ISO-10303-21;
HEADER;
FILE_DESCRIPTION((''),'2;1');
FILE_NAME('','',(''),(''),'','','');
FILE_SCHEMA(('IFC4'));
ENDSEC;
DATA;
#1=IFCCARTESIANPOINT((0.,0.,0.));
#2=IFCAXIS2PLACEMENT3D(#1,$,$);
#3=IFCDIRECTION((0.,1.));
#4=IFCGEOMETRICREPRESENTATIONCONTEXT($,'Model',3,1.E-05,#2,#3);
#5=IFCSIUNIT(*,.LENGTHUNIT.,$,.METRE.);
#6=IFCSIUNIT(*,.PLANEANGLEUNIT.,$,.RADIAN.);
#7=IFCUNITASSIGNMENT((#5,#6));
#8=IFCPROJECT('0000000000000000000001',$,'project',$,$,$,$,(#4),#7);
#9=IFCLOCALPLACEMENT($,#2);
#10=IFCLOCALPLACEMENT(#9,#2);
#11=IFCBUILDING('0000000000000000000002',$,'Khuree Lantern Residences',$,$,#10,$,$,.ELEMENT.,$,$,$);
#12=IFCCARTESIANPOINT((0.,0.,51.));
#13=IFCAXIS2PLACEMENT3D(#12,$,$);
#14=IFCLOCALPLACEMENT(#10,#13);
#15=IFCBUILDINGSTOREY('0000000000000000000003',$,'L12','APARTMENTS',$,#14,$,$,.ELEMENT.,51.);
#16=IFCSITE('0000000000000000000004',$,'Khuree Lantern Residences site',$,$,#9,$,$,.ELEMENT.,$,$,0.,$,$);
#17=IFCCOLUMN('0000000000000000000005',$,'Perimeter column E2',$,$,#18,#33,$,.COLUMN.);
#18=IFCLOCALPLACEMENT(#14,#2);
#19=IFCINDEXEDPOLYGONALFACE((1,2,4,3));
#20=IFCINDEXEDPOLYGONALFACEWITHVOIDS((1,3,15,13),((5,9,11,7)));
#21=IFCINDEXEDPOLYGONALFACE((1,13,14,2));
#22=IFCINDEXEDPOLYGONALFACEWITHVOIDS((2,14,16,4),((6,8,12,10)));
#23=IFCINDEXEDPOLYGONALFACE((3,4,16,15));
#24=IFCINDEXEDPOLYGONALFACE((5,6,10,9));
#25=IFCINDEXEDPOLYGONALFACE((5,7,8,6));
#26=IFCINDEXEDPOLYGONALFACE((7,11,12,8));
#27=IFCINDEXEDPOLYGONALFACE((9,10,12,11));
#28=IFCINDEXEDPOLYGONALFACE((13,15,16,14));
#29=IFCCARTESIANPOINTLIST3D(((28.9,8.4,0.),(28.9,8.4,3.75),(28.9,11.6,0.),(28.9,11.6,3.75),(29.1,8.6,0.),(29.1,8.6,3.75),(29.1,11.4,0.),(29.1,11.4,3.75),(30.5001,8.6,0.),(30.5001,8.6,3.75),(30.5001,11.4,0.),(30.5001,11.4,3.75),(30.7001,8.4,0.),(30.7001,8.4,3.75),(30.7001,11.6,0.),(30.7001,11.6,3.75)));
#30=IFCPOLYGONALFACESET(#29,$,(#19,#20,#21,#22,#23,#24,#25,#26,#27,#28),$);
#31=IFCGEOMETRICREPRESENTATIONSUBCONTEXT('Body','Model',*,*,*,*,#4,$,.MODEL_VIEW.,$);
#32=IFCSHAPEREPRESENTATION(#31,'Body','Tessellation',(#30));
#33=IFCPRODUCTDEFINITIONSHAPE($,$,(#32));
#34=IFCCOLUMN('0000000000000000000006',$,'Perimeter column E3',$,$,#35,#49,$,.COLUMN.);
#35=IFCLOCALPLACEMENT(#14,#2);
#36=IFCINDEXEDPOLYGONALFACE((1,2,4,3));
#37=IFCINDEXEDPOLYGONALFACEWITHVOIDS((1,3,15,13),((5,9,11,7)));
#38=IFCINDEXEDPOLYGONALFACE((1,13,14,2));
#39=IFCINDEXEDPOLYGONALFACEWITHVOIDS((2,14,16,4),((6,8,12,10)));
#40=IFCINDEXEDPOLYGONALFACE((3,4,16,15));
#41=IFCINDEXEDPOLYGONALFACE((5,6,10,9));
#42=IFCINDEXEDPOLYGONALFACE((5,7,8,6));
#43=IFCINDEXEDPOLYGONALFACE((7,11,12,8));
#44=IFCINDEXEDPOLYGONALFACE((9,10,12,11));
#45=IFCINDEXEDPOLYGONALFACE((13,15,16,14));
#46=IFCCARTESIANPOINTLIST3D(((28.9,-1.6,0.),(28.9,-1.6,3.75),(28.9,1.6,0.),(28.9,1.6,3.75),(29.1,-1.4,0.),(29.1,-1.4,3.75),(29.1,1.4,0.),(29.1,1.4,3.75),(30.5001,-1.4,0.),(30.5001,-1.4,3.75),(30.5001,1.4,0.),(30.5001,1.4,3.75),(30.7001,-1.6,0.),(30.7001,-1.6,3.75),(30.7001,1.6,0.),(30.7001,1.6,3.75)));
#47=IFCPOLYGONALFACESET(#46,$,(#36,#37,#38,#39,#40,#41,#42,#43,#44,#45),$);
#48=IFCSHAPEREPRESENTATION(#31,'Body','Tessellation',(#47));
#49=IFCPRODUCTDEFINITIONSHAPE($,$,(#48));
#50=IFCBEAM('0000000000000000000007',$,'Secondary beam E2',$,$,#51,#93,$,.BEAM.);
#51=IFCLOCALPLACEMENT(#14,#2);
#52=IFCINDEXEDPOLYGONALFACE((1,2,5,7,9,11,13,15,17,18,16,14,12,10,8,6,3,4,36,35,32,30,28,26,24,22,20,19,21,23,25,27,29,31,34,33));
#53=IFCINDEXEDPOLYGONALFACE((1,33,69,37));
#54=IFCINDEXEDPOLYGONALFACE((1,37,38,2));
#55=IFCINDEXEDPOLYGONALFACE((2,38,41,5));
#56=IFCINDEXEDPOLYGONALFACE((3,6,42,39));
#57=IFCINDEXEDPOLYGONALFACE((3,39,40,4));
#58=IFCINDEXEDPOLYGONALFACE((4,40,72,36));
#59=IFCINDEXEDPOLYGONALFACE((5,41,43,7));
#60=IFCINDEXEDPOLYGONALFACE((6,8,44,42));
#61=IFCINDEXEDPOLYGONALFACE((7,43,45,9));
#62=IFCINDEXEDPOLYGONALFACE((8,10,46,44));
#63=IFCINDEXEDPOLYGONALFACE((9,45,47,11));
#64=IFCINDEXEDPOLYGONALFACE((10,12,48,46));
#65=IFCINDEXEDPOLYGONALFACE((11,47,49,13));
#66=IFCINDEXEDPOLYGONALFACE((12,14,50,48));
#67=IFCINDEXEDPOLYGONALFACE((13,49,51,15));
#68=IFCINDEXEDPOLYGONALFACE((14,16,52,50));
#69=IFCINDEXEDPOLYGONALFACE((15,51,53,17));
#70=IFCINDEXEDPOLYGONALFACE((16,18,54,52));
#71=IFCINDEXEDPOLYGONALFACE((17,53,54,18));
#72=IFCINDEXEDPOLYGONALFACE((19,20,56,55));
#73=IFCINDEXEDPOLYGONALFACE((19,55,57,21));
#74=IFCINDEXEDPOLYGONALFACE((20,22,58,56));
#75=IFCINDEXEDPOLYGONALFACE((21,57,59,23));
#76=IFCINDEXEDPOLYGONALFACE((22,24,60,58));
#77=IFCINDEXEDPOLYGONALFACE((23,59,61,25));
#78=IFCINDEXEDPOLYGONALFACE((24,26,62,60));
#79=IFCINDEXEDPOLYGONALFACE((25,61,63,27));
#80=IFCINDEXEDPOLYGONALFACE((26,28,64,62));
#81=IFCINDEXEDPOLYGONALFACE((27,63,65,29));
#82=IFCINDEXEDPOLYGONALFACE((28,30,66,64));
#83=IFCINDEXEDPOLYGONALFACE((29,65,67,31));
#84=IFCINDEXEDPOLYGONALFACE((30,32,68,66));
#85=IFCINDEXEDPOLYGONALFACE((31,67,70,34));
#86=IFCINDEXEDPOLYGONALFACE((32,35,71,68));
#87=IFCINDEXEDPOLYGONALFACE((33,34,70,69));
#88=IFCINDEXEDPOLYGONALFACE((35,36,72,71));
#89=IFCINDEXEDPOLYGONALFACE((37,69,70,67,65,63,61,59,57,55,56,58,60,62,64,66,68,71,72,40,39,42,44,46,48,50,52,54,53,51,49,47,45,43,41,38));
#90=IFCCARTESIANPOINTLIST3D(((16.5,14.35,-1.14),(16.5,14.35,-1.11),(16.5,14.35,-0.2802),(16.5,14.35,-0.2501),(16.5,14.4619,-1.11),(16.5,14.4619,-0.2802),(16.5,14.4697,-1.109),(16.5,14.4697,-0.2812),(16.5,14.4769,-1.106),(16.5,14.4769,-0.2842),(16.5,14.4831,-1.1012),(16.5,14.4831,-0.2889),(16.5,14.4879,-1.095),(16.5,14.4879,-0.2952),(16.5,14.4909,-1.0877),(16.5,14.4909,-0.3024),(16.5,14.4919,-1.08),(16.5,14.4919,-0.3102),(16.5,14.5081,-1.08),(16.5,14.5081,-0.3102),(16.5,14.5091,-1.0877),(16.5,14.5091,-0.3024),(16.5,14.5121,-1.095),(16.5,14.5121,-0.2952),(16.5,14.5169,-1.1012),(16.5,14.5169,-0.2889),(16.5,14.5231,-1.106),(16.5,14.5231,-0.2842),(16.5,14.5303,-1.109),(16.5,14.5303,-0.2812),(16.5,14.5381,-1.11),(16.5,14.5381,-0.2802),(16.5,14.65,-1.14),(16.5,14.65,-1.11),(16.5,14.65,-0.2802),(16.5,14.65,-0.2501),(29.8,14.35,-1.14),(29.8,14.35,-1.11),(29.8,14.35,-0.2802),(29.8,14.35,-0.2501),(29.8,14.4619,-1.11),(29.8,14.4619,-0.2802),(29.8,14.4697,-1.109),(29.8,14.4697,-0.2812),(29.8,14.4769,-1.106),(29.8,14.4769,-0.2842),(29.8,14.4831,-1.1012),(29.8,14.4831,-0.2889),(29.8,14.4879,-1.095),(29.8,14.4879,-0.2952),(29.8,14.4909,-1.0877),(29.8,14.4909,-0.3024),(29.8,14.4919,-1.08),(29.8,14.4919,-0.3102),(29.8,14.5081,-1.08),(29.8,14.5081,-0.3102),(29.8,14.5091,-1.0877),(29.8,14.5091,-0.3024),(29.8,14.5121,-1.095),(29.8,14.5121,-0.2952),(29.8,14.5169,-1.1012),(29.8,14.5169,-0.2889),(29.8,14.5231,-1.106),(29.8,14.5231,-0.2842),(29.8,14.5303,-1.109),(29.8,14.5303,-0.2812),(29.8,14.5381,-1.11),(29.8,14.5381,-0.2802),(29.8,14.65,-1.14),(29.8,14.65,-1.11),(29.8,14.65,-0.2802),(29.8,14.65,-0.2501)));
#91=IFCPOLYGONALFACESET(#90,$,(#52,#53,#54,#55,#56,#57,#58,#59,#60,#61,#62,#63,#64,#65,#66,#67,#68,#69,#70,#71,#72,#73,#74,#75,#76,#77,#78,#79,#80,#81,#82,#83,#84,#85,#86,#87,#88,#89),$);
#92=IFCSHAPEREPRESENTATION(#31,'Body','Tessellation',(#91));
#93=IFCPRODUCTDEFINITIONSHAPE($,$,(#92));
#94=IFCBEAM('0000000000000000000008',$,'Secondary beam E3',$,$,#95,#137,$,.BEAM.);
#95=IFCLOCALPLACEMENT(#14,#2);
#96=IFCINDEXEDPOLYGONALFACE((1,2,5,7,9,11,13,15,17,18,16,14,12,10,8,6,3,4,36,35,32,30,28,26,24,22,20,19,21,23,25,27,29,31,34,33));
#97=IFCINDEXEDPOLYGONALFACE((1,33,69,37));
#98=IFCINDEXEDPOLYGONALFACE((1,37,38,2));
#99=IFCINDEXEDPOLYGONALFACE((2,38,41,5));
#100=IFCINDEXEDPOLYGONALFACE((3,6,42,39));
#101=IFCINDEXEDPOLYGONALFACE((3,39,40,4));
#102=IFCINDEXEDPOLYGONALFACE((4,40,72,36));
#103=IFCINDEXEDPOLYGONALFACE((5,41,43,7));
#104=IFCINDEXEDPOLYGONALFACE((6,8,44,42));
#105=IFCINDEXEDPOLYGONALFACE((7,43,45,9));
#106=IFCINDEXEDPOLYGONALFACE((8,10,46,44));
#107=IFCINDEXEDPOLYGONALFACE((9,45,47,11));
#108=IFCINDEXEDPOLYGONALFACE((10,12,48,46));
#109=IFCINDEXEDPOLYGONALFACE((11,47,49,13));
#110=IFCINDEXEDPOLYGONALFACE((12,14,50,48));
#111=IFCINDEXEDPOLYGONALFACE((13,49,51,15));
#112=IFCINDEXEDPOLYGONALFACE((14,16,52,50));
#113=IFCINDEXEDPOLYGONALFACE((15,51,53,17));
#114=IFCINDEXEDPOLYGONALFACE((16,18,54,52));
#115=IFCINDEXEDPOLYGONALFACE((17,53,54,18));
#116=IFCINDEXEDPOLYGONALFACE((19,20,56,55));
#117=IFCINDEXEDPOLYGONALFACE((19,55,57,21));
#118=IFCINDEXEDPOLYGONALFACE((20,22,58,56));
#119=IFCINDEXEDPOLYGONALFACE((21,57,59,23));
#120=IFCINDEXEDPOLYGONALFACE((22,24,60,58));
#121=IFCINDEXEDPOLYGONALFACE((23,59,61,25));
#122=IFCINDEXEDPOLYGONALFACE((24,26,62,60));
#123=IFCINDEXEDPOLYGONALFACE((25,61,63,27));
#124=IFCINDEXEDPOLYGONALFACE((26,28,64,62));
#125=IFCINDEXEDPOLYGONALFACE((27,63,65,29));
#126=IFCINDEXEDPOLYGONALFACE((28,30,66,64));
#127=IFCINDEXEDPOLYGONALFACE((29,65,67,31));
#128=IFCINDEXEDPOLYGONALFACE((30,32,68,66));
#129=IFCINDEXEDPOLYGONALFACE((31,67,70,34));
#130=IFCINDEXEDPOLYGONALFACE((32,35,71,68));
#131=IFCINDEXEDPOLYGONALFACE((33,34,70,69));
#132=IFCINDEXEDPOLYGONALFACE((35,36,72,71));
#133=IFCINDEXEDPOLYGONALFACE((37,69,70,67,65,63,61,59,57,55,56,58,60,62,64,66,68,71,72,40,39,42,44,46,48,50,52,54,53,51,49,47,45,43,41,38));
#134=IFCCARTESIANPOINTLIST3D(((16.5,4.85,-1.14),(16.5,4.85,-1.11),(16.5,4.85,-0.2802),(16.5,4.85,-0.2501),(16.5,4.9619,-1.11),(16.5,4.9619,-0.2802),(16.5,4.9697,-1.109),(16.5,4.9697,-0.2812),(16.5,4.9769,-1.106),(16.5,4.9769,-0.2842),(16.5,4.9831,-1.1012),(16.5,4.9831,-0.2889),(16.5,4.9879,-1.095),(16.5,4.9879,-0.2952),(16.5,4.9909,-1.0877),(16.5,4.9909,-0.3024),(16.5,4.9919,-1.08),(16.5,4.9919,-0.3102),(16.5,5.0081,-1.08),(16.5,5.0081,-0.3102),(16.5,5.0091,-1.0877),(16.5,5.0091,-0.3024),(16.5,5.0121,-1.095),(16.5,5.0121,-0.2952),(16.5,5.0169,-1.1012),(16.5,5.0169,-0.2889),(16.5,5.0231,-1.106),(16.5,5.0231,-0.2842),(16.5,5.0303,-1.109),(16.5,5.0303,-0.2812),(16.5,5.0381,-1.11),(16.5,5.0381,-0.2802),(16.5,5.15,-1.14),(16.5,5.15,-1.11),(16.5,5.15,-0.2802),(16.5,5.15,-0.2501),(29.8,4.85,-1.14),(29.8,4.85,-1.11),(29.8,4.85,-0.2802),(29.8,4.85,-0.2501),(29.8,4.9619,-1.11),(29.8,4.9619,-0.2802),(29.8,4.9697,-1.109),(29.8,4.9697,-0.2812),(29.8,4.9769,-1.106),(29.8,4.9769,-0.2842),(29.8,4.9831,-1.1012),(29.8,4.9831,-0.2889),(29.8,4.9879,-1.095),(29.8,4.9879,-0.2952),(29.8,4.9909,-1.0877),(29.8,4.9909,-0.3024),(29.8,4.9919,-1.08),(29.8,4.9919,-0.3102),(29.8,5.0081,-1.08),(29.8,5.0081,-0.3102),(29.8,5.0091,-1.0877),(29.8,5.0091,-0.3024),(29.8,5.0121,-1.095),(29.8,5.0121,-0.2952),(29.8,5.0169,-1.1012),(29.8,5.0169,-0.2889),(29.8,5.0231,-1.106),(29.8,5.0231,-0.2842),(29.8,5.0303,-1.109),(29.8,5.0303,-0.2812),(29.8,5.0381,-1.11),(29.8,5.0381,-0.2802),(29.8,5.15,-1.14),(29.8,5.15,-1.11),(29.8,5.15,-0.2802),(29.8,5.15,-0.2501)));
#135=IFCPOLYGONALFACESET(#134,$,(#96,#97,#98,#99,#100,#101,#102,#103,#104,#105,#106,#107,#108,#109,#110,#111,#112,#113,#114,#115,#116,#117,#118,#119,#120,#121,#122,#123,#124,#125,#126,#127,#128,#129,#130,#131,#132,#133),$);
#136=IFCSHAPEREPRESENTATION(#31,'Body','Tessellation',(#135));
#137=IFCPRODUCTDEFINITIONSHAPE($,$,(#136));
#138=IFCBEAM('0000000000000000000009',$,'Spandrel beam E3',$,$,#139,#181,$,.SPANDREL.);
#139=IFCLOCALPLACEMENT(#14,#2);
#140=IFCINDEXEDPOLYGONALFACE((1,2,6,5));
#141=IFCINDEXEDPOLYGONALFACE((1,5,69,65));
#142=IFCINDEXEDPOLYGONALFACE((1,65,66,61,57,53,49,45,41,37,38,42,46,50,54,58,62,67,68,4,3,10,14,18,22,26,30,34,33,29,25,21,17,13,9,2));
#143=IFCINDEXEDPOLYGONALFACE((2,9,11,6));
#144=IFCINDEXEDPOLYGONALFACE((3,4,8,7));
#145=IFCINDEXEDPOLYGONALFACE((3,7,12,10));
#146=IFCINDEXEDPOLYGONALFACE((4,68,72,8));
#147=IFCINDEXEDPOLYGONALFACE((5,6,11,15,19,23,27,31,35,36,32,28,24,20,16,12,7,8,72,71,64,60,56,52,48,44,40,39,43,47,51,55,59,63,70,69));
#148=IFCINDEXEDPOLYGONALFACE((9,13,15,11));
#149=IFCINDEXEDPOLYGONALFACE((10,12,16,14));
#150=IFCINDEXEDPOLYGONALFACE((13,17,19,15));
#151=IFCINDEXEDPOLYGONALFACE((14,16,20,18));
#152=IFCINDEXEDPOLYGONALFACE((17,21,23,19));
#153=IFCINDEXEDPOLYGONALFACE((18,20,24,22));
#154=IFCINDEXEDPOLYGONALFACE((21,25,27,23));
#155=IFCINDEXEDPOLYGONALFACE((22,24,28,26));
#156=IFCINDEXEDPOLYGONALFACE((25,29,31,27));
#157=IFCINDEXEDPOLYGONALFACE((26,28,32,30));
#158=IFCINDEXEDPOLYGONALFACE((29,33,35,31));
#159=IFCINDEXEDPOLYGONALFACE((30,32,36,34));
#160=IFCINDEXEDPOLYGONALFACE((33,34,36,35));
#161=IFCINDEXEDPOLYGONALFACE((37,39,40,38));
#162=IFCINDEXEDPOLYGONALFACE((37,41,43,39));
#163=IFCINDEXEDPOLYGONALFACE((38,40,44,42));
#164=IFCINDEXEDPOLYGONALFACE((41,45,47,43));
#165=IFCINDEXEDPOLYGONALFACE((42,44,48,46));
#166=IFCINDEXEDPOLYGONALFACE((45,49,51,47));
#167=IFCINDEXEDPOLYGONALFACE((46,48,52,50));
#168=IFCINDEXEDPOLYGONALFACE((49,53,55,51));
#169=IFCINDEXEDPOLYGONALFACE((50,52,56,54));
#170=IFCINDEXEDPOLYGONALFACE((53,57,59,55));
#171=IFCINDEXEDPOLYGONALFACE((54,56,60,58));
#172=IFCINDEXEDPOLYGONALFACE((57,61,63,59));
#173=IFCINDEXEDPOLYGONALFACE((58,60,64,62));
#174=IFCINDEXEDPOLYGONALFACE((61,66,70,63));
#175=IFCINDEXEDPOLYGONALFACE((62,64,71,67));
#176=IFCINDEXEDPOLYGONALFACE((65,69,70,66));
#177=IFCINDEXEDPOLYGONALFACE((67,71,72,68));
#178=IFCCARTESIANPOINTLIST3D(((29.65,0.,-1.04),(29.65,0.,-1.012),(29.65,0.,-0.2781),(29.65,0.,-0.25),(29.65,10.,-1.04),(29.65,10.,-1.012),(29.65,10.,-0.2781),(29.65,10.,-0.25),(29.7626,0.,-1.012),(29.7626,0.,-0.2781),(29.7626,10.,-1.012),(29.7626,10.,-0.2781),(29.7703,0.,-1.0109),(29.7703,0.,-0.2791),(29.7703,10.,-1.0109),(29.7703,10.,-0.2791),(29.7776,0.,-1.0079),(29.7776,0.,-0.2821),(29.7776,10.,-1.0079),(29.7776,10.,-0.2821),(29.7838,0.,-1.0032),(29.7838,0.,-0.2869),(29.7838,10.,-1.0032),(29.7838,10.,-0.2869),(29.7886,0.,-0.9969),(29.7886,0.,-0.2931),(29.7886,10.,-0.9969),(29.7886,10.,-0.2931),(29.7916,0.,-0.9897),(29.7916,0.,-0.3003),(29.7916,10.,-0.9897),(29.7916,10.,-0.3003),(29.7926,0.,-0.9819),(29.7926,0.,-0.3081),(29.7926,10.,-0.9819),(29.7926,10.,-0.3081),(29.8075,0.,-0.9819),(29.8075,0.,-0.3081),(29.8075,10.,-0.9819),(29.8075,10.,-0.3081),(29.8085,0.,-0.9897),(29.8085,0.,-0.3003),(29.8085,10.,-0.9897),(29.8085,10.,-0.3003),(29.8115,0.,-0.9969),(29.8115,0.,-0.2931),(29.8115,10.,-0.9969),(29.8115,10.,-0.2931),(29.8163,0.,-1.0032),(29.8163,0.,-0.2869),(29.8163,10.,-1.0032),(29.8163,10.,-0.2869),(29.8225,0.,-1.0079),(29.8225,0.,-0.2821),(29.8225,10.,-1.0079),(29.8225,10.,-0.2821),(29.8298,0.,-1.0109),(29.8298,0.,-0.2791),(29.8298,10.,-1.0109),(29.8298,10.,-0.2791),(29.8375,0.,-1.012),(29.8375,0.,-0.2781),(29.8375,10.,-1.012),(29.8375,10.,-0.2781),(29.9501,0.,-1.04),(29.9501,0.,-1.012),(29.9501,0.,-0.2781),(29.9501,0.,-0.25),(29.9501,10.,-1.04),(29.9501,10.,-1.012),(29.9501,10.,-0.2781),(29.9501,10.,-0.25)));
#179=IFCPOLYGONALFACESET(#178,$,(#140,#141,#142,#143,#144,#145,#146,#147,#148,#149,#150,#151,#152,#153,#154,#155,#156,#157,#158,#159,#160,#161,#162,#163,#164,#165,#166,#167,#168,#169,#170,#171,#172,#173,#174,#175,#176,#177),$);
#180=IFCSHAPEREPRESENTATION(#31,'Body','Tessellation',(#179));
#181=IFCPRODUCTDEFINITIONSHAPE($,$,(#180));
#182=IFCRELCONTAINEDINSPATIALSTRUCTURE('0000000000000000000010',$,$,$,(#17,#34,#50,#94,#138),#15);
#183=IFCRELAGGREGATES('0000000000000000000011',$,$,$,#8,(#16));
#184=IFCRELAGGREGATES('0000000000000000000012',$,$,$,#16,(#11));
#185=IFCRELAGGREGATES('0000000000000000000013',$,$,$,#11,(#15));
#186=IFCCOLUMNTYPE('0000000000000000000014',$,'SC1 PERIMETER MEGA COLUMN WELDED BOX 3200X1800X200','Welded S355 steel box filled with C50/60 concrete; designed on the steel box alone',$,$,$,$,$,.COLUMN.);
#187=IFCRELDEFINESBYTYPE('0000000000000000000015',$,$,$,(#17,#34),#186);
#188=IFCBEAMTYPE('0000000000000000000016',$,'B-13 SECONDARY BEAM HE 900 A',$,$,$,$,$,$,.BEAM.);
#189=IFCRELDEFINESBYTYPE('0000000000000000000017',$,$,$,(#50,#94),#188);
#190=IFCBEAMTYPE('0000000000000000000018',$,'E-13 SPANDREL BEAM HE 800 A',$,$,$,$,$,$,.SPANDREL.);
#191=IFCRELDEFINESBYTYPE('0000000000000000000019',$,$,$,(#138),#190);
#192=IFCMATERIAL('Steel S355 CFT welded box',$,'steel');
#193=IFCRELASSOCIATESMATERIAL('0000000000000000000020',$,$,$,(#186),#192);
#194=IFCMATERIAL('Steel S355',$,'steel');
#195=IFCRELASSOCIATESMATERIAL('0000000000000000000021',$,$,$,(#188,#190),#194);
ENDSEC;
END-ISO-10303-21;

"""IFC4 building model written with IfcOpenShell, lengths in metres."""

from ifc_helpers import new_model, si_unit, direction, frame, origin, origin_2d, place, context, subcontext, project, spatial, hollow_rectangle, i_section, extrude, material, material_profile, profile_set, type_object, element, save


model = new_model("IFC4")

# Units and contexts
model_context = context("Model", 3, precision=1e-05, world=origin(), true_north=direction((0.0, 1.0)))
body_context = subcontext(model_context, "Body", "Model", "MODEL_VIEW")
ifc_project = project(units=[si_unit("LENGTHUNIT", "METRE"), si_unit("PLANEANGLEUNIT", "RADIAN")], contexts=[model_context])

# Site, building, storey
site_placement = place(None, origin())
site = spatial("IfcSite", under=ifc_project, at=site_placement, Name="Khuree Lantern Residences site", CompositionType="ELEMENT", RefElevation=0.0)
building_placement = place(site_placement, origin())
building = spatial("IfcBuilding", under=site, at=building_placement, Name="Khuree Lantern Residences", CompositionType="ELEMENT")
storey_placement = place(building_placement, frame((0.0, 0.0, 51.0)))
storey = spatial("IfcBuildingStorey", under=building, at=storey_placement, Name="L12", Description="APARTMENTS", CompositionType="ELEMENT", Elevation=51.0)

# Columns
ifc_material_1 = material(Name="Steel S355 CFT welded box", Category="steel")
ifc_material_profile_1 = material_profile(ifc_material_1, hollow_rectangle(XDim=3.2, YDim=1.8, WallThickness=0.2, at=origin_2d()), Name="WELDED BOX 3200X1800X200")
ifc_profile_set_1 = profile_set([ifc_material_profile_1], Name="Steel S355 CFT welded box")
column_type = type_object("IfcColumnType", Name="SC1 PERIMETER MEGA COLUMN WELDED BOX 3200X1800X200", Description="Welded S355 steel box filled with C50/60 concrete; designed on the steel box alone", PredefinedType="COLUMN", material=ifc_profile_set_1)
for number, where, z_axis, x_axis, name in (
    (1, (29.8, 10.0, 0.0), (0.0, 0.0, 1.0), (0.0, 1.0, 0.0), "Perimeter column E2"),
    (2, (29.8, 0.0, 0.0), (0.0, 0.0, 1.0), (0.0, 1.0, 0.0), "Perimeter column E3"),
):
    element("IfcColumn", number, at=place(storey_placement, frame(where, z_axis=z_axis, x_axis=x_axis)), inside=storey, type_object=column_type, Name=name, PredefinedType="COLUMN", context=body_context, shape_type="SweptSolid", body=[
        extrude(hollow_rectangle(XDim=3.2, YDim=1.8, WallThickness=0.2, at=origin_2d()), origin(), (0.0, 0.0, 1.0), 3.75),
    ])

# Beams
ifc_material_2 = material(Name="Steel S355", Category="steel")
ifc_material_profile_2 = material_profile(ifc_material_2, i_section(OverallWidth=0.3, OverallDepth=0.8899, WebThickness=0.0161, FlangeThickness=0.03, FilletRadius=0.03, at=origin_2d()), Name="HE 900 A")
ifc_profile_set_2 = profile_set([ifc_material_profile_2], Name="Steel S355")
beam_type_1 = type_object("IfcBeamType", Name="B-13 SECONDARY BEAM HE 900 A", PredefinedType="BEAM", material=ifc_profile_set_2)
for number, where, z_axis, x_axis, name in (
    (3, (29.8, 14.5, -0.6951), (-1.0, 0.0, 0.0), (0.0, -1.0, 0.0), "Secondary beam E2"),
    (4, (29.8, 5.0, -0.6951), (-1.0, 0.0, 0.0), (0.0, -1.0, 0.0), "Secondary beam E3"),
):
    element("IfcBeam", number, at=place(storey_placement, frame(where, z_axis=z_axis, x_axis=x_axis)), inside=storey, type_object=beam_type_1, Name=name, PredefinedType="BEAM", context=body_context, shape_type="SweptSolid", body=[
        extrude(i_section(OverallWidth=0.3, OverallDepth=0.8899, WebThickness=0.0161, FlangeThickness=0.03, FilletRadius=0.03, at=origin_2d()), origin(), (0.0, 0.0, 1.0), 13.3),
    ])
ifc_material_profile_3 = material_profile(ifc_material_2, i_section(OverallWidth=0.3, OverallDepth=0.79, WebThickness=0.0149, FlangeThickness=0.0281, FilletRadius=0.03, at=origin_2d()), Name="HE 800 A")
ifc_profile_set_3 = profile_set([ifc_material_profile_3], Name="Steel S355")
beam_type_2 = type_object("IfcBeamType", Name="E-13 SPANDREL BEAM HE 800 A", PredefinedType="SPANDREL", material=ifc_profile_set_3)
for number, where, z_axis, x_axis, name in (
    (5, (29.8, 10.0, -0.645), (0.0, -1.0, 0.0), (1.0, 0.0, 0.0), "Spandrel beam E3"),
):
    element("IfcBeam", number, at=place(storey_placement, frame(where, z_axis=z_axis, x_axis=x_axis)), inside=storey, type_object=beam_type_2, Name=name, PredefinedType="SPANDREL", context=body_context, shape_type="SweptSolid", body=[
        extrude(i_section(OverallWidth=0.3, OverallDepth=0.79, WebThickness=0.0149, FlangeThickness=0.0281, FilletRadius=0.03, at=origin_2d()), origin(), (0.0, 0.0, 1.0), 10.0),
    ])

save(model, "model.ifc")
